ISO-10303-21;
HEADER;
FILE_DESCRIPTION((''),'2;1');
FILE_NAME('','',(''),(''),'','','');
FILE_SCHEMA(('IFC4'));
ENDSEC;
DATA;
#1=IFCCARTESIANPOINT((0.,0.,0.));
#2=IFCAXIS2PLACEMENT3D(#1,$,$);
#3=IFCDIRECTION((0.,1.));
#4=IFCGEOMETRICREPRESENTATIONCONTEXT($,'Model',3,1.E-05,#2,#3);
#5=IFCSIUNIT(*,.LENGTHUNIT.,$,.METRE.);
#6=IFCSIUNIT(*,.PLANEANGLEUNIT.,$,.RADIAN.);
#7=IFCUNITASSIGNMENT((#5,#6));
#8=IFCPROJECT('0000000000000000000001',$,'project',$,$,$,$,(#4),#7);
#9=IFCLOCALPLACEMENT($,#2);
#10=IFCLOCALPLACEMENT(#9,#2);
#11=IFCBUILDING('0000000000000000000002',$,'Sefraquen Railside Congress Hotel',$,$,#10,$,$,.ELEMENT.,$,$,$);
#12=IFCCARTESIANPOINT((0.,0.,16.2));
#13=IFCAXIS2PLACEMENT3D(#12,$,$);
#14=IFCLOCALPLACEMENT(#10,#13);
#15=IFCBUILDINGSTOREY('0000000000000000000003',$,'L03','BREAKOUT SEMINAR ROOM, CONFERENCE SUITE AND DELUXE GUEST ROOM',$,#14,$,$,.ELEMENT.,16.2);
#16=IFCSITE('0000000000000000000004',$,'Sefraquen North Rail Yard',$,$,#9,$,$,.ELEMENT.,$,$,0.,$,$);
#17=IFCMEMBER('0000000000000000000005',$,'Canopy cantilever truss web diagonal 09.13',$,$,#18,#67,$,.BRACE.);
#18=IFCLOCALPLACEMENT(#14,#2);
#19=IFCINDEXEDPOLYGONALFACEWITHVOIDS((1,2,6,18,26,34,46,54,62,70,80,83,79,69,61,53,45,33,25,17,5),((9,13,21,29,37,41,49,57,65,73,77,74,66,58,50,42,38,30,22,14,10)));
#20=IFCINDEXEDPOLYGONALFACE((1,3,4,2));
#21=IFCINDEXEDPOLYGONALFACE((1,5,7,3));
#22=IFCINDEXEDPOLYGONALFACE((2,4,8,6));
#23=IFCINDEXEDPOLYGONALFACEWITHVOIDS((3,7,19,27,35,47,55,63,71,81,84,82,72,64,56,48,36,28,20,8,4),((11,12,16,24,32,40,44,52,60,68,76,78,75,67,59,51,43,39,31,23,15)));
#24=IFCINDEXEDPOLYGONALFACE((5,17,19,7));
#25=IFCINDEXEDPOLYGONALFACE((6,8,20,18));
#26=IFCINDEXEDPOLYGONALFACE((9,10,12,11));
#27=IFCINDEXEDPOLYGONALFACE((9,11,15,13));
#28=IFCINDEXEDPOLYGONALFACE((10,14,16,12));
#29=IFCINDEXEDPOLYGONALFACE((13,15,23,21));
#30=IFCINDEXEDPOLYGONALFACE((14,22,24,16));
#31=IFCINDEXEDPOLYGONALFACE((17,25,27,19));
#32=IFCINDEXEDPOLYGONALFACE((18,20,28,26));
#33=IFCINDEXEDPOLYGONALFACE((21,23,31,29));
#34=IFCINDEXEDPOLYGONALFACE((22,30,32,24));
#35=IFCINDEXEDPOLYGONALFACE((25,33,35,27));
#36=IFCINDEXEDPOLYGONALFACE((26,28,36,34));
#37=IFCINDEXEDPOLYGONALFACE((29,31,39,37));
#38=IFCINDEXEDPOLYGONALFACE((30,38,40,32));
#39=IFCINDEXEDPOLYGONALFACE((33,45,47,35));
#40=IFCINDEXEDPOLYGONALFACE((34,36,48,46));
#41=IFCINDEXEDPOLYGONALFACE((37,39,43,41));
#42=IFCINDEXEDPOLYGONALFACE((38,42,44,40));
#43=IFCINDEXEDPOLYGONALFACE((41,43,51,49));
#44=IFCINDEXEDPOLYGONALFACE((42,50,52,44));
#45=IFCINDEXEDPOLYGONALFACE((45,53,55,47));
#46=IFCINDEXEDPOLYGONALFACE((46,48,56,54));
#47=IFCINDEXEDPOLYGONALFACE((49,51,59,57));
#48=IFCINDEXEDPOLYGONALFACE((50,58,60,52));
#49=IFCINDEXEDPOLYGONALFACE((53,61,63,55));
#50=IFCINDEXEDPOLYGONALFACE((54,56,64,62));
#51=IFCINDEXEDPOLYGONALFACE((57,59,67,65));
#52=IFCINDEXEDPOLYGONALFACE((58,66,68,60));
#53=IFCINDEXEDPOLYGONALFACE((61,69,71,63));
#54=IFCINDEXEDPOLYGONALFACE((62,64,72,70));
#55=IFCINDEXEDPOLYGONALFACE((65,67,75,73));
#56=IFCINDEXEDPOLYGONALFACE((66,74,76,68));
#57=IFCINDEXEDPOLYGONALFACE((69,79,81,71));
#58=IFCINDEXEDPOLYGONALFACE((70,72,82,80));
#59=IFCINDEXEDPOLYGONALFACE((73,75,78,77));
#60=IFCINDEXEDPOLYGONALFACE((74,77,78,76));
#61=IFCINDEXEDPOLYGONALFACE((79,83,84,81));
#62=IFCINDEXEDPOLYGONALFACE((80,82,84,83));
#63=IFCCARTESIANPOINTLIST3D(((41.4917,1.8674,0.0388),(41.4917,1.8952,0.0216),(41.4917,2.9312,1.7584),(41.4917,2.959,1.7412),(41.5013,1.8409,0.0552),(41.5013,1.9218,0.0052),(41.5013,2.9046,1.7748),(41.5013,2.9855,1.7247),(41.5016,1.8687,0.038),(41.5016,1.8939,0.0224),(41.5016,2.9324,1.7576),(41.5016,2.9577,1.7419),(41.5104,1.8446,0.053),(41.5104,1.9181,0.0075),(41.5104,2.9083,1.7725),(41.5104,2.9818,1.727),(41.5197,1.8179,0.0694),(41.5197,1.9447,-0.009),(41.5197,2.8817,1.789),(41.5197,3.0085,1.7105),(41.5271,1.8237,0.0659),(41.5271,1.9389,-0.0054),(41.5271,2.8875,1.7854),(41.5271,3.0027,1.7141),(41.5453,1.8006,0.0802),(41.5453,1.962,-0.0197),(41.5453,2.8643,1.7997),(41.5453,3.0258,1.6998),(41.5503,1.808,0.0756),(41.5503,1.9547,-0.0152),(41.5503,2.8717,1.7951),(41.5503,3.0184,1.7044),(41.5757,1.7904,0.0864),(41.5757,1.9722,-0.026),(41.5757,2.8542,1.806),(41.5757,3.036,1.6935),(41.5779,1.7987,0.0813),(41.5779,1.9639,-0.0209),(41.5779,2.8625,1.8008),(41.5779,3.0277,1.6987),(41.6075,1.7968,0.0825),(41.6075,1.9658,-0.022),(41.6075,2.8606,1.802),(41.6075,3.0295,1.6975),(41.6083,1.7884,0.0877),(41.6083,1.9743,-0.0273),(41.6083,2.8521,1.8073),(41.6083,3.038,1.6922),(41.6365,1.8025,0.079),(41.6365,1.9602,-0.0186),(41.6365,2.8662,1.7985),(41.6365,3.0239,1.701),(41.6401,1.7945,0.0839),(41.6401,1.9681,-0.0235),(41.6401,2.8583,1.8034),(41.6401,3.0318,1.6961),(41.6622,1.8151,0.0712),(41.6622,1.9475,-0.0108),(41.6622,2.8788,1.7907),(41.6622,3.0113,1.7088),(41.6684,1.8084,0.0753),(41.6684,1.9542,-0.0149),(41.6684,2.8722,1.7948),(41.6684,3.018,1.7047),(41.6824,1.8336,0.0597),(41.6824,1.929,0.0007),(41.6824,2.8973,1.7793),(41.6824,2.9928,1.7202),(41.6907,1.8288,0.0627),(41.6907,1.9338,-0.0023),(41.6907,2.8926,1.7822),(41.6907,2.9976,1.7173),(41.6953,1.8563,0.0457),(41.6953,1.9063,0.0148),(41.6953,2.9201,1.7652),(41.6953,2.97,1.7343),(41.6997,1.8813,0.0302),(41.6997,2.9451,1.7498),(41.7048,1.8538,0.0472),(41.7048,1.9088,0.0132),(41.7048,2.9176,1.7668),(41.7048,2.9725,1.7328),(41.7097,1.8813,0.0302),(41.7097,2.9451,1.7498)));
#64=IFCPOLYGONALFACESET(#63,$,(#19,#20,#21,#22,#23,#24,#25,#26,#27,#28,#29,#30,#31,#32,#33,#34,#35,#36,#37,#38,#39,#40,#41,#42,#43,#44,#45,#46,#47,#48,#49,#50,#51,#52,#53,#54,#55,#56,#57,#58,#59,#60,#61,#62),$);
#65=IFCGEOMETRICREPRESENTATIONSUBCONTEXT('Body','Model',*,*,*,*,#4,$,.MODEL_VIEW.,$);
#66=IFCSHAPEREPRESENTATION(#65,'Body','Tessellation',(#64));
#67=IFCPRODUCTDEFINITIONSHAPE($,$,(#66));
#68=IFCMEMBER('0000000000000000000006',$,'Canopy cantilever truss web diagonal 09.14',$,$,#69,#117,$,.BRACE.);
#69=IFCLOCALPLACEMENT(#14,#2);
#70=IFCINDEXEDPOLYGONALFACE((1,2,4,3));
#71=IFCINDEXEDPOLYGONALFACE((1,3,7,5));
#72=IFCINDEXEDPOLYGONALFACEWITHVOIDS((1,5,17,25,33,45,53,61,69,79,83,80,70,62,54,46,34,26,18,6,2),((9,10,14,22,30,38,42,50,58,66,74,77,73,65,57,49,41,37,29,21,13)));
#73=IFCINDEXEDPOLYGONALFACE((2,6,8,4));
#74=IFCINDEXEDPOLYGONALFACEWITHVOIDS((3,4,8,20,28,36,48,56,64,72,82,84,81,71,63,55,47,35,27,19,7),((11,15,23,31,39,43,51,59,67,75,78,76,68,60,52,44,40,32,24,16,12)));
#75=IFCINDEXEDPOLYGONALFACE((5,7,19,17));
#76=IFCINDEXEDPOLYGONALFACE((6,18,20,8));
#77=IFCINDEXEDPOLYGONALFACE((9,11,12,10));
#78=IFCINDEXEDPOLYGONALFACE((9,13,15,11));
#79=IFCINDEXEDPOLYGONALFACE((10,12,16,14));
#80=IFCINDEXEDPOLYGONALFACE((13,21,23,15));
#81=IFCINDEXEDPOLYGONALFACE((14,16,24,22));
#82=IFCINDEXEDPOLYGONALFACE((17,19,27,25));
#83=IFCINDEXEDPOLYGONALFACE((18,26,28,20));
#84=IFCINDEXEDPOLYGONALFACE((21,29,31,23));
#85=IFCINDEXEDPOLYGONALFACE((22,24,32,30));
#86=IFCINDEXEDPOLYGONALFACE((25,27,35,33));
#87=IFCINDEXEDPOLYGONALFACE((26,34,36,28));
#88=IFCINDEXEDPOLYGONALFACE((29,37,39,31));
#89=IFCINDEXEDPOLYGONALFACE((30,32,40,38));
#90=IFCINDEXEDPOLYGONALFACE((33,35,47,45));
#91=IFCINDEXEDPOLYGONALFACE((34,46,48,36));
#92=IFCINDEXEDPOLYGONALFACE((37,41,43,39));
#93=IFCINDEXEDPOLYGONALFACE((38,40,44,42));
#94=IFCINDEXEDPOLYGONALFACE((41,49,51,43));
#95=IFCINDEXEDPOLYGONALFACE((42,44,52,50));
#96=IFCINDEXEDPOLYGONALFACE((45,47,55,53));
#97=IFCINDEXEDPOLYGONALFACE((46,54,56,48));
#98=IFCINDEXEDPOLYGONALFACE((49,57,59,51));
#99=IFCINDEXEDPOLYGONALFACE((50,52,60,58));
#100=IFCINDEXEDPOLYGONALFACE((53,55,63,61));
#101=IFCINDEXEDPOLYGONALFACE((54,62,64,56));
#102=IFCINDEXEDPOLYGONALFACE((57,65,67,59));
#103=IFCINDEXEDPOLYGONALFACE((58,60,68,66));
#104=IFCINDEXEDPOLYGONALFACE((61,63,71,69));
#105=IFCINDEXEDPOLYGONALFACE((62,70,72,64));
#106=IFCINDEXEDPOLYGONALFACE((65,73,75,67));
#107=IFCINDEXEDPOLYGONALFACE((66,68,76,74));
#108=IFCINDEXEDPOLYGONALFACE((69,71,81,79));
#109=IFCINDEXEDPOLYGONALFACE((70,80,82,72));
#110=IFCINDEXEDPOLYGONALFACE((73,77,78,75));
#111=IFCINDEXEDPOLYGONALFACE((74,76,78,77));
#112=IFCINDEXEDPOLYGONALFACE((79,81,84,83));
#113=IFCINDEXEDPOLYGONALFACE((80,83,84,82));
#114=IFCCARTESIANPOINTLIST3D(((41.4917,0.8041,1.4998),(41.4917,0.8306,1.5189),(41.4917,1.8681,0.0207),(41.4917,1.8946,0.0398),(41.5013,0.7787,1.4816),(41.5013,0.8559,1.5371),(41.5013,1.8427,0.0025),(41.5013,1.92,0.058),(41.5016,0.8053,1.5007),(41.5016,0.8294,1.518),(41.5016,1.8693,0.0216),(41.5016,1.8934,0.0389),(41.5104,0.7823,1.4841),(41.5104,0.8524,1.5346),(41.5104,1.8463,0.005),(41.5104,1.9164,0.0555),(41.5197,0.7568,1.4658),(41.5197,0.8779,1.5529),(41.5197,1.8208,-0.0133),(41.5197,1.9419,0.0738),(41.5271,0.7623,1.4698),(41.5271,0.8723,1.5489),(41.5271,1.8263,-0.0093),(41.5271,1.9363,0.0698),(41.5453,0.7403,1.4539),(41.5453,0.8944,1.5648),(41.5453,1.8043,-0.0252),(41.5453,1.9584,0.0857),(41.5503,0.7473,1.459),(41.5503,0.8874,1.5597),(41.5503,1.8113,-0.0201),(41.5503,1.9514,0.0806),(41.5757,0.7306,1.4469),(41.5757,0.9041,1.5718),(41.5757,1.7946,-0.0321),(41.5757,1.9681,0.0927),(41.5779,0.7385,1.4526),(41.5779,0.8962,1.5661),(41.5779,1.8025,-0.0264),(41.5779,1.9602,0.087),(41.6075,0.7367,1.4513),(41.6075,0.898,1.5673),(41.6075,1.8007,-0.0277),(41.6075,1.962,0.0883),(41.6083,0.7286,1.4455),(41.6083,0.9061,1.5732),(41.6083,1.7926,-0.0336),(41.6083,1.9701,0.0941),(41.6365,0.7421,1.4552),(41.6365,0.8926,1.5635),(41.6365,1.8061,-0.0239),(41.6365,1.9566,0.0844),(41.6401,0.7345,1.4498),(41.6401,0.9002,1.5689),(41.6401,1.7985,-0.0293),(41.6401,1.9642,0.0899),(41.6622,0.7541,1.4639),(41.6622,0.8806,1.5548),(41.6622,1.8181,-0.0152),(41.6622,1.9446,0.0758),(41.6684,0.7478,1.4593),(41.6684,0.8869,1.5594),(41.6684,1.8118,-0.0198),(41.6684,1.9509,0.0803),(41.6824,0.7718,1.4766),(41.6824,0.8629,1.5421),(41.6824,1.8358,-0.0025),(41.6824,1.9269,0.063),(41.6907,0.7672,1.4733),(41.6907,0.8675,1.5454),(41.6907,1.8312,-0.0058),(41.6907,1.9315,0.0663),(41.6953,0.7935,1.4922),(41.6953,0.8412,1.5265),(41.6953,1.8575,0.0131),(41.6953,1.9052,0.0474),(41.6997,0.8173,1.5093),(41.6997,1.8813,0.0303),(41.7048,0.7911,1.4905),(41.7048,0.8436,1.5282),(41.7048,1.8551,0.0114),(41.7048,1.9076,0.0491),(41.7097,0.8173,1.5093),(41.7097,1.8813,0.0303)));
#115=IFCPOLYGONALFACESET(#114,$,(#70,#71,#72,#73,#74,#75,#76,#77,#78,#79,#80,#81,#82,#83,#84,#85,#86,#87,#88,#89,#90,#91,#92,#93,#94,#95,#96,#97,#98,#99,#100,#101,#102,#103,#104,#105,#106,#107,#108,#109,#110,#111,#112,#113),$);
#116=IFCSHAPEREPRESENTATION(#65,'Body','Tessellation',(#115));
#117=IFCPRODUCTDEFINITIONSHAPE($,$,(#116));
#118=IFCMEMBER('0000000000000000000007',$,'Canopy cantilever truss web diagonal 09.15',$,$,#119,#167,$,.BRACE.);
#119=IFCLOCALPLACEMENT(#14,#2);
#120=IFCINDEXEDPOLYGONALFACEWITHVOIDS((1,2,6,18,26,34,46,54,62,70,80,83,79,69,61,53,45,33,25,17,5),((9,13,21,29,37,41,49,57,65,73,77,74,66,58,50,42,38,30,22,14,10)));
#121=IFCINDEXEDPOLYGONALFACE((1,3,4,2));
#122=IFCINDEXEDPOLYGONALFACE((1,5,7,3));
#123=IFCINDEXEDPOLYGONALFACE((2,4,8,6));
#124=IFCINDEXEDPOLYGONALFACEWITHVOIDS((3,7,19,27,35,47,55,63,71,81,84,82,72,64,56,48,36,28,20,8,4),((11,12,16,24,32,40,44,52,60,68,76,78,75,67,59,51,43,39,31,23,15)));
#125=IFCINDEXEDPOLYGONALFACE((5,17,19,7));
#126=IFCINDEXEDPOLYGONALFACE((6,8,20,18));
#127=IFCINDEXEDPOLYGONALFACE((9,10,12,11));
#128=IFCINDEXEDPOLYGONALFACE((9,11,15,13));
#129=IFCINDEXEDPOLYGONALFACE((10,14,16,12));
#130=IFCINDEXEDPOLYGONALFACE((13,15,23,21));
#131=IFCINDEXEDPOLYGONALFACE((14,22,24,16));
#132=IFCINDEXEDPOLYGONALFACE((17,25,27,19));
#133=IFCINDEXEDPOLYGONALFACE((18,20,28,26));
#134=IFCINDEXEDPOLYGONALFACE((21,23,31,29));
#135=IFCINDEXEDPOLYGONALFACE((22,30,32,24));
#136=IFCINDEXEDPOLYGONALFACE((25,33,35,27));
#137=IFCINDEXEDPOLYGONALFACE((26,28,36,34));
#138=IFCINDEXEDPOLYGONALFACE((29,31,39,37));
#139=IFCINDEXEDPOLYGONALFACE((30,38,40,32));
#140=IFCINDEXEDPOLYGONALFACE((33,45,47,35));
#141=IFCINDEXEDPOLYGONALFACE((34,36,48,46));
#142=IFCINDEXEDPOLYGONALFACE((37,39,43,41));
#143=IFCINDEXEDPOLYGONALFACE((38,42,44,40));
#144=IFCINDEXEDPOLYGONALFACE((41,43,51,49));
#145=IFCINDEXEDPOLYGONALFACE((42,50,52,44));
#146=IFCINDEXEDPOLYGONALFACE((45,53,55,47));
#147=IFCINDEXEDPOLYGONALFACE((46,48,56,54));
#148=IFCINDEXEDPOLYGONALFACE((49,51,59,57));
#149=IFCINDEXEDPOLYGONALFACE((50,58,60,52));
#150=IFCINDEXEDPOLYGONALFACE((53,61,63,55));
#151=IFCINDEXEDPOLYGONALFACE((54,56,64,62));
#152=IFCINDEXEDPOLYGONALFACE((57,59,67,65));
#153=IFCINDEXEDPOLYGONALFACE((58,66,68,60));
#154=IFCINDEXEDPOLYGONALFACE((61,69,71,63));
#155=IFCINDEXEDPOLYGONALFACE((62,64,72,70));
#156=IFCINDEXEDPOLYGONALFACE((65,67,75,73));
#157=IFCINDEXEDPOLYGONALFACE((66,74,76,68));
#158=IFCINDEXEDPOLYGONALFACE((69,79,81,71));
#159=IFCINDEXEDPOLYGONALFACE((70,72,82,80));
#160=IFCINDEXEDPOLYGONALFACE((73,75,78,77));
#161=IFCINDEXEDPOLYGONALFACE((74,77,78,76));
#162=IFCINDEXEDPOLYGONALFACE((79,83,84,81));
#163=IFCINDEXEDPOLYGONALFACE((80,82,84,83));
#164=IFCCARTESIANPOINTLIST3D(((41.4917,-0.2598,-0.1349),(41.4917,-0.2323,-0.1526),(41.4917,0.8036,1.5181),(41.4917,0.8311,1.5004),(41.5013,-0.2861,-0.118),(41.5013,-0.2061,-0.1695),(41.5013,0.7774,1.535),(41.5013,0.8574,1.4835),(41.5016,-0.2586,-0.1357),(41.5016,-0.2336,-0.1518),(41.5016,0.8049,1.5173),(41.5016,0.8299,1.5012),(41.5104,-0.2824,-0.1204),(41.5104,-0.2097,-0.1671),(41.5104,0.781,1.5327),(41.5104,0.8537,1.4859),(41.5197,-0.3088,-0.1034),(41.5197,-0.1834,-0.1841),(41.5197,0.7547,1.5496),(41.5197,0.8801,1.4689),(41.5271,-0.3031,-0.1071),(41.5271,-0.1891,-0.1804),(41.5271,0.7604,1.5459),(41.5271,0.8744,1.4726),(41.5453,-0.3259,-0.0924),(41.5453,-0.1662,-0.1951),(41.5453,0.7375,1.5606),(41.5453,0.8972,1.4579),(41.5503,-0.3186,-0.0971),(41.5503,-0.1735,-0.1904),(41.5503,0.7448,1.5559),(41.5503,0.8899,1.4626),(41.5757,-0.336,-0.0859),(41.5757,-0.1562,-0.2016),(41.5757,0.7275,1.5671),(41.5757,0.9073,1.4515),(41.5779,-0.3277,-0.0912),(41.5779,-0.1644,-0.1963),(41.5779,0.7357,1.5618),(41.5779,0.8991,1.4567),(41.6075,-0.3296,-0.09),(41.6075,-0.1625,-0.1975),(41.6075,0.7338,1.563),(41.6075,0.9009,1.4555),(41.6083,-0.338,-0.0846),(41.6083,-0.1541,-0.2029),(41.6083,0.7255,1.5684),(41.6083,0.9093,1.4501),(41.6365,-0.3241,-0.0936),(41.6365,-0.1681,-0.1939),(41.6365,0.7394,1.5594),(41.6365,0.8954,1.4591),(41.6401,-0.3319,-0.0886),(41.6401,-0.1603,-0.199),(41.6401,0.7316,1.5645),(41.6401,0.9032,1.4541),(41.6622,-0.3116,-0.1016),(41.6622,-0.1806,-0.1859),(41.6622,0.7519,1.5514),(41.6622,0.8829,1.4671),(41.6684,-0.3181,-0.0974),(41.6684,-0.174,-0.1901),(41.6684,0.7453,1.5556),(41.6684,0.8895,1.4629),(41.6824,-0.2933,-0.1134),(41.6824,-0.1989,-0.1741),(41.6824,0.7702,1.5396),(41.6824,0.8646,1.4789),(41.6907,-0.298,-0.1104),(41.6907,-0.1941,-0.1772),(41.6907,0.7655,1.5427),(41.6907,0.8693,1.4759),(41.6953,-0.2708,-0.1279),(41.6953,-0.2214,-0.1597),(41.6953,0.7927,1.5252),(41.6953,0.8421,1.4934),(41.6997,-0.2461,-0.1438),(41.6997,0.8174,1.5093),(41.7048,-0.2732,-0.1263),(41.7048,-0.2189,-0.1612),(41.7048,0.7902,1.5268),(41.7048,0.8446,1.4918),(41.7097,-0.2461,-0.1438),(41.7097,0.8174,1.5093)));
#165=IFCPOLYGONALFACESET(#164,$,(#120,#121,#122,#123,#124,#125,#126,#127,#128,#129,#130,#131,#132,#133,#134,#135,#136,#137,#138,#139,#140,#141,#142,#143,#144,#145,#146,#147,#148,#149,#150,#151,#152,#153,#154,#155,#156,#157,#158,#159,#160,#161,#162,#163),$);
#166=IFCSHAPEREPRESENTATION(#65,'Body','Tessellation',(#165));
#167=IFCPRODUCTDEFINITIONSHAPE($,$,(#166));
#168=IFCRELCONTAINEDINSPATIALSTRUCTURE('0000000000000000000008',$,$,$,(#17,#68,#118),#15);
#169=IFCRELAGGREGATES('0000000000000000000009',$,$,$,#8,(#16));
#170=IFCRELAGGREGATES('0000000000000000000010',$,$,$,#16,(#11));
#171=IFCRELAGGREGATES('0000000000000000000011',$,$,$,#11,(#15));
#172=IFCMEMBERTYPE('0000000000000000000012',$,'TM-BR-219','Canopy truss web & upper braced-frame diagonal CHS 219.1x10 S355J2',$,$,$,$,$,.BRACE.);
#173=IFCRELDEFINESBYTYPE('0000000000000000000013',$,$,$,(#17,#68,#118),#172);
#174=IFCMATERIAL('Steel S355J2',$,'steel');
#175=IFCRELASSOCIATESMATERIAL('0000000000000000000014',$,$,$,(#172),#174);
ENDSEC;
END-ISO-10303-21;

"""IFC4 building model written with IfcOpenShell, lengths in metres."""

from ifc_helpers import new_model, si_unit, direction, frame, origin, origin_2d, place, context, subcontext, project, spatial, hollow_circle, extrude, material, material_profile, profile_set, type_object, element, save


model = new_model("IFC4")

# Units and contexts
model_context = context("Model", 3, precision=1e-05, world=origin(), true_north=direction((0.0, 1.0)))
body_context = subcontext(model_context, "Body", "Model", "MODEL_VIEW")
ifc_project = project(units=[si_unit("LENGTHUNIT", "METRE"), si_unit("PLANEANGLEUNIT", "RADIAN")], contexts=[model_context])

# Site, building, storey
site_placement = place(None, origin())
site = spatial("IfcSite", under=ifc_project, at=site_placement, Name="Sefraquen North Rail Yard", CompositionType="ELEMENT", RefElevation=0.0)
building_placement = place(site_placement, origin())
building = spatial("IfcBuilding", under=site, at=building_placement, Name="Sefraquen Railside Congress Hotel", CompositionType="ELEMENT")
storey_placement = place(building_placement, frame((0.0, 0.0, 16.2)))
storey = spatial("IfcBuildingStorey", under=building, at=storey_placement, Name="L03", Description="BREAKOUT SEMINAR ROOM, CONFERENCE SUITE AND DELUXE GUEST ROOM", CompositionType="ELEMENT", Elevation=16.2)

# Members
ifc_material_1 = material(Name="Steel S355J2", Category="steel")
ifc_material_profile_1 = material_profile(ifc_material_1, hollow_circle(Radius=0.1096, WallThickness=0.01, at=origin_2d()), Name="CHS 219.1x10")
ifc_profile_set_1 = profile_set([ifc_material_profile_1], Name="Steel S355J2")
member_type_1 = type_object("IfcMemberType", Name="TM-BR-219", Description="Canopy truss web & upper braced-frame diagonal CHS 219.1x10 S355J2", PredefinedType="BRACE", material=ifc_profile_set_1)
member_1_placement = place(storey_placement, frame((41.6001, 2.9451, 1.7498), z_axis=(0.0, -0.526097, -0.850425), x_axis=(1.0, 0.0, 0.0)))
element("IfcMember", 1, at=member_1_placement, inside=storey, type_object=member_type_1, Name="Canopy cantilever truss web diagonal 09.13", PredefinedType="BRACE", context=body_context, shape_type="SweptSolid", body=[
    extrude(hollow_circle(Radius=0.1096, WallThickness=0.01, at=origin_2d()), origin(), (0.0, 0.0, 1.0), 2.022),
])
member_2_placement = place(storey_placement, frame((41.6001, 1.8813, 0.0303), z_axis=(0.0, -0.583973, 0.811773), x_axis=(1.0, 0.0, 0.0)))
element("IfcMember", 2, at=member_2_placement, inside=storey, type_object=member_type_1, Name="Canopy cantilever truss web diagonal 09.14", PredefinedType="BRACE", context=body_context, shape_type="SweptSolid", body=[
    extrude(hollow_circle(Radius=0.1096, WallThickness=0.01, at=origin_2d()), origin(), (0.0, 0.0, 1.0), 1.822),
])
member_3_placement = place(storey_placement, frame((41.6001, 0.8174, 1.5093), z_axis=(0.0, -0.54104, -0.840997), x_axis=(1.0, 0.0, 0.0)))
element("IfcMember", 3, at=member_3_placement, inside=storey, type_object=member_type_1, Name="Canopy cantilever truss web diagonal 09.15", PredefinedType="BRACE", context=body_context, shape_type="SweptSolid", body=[
    extrude(hollow_circle(Radius=0.1096, WallThickness=0.01, at=origin_2d()), origin(), (0.0, 0.0, 1.0), 1.9656),
])

save(model, "model.ifc")
